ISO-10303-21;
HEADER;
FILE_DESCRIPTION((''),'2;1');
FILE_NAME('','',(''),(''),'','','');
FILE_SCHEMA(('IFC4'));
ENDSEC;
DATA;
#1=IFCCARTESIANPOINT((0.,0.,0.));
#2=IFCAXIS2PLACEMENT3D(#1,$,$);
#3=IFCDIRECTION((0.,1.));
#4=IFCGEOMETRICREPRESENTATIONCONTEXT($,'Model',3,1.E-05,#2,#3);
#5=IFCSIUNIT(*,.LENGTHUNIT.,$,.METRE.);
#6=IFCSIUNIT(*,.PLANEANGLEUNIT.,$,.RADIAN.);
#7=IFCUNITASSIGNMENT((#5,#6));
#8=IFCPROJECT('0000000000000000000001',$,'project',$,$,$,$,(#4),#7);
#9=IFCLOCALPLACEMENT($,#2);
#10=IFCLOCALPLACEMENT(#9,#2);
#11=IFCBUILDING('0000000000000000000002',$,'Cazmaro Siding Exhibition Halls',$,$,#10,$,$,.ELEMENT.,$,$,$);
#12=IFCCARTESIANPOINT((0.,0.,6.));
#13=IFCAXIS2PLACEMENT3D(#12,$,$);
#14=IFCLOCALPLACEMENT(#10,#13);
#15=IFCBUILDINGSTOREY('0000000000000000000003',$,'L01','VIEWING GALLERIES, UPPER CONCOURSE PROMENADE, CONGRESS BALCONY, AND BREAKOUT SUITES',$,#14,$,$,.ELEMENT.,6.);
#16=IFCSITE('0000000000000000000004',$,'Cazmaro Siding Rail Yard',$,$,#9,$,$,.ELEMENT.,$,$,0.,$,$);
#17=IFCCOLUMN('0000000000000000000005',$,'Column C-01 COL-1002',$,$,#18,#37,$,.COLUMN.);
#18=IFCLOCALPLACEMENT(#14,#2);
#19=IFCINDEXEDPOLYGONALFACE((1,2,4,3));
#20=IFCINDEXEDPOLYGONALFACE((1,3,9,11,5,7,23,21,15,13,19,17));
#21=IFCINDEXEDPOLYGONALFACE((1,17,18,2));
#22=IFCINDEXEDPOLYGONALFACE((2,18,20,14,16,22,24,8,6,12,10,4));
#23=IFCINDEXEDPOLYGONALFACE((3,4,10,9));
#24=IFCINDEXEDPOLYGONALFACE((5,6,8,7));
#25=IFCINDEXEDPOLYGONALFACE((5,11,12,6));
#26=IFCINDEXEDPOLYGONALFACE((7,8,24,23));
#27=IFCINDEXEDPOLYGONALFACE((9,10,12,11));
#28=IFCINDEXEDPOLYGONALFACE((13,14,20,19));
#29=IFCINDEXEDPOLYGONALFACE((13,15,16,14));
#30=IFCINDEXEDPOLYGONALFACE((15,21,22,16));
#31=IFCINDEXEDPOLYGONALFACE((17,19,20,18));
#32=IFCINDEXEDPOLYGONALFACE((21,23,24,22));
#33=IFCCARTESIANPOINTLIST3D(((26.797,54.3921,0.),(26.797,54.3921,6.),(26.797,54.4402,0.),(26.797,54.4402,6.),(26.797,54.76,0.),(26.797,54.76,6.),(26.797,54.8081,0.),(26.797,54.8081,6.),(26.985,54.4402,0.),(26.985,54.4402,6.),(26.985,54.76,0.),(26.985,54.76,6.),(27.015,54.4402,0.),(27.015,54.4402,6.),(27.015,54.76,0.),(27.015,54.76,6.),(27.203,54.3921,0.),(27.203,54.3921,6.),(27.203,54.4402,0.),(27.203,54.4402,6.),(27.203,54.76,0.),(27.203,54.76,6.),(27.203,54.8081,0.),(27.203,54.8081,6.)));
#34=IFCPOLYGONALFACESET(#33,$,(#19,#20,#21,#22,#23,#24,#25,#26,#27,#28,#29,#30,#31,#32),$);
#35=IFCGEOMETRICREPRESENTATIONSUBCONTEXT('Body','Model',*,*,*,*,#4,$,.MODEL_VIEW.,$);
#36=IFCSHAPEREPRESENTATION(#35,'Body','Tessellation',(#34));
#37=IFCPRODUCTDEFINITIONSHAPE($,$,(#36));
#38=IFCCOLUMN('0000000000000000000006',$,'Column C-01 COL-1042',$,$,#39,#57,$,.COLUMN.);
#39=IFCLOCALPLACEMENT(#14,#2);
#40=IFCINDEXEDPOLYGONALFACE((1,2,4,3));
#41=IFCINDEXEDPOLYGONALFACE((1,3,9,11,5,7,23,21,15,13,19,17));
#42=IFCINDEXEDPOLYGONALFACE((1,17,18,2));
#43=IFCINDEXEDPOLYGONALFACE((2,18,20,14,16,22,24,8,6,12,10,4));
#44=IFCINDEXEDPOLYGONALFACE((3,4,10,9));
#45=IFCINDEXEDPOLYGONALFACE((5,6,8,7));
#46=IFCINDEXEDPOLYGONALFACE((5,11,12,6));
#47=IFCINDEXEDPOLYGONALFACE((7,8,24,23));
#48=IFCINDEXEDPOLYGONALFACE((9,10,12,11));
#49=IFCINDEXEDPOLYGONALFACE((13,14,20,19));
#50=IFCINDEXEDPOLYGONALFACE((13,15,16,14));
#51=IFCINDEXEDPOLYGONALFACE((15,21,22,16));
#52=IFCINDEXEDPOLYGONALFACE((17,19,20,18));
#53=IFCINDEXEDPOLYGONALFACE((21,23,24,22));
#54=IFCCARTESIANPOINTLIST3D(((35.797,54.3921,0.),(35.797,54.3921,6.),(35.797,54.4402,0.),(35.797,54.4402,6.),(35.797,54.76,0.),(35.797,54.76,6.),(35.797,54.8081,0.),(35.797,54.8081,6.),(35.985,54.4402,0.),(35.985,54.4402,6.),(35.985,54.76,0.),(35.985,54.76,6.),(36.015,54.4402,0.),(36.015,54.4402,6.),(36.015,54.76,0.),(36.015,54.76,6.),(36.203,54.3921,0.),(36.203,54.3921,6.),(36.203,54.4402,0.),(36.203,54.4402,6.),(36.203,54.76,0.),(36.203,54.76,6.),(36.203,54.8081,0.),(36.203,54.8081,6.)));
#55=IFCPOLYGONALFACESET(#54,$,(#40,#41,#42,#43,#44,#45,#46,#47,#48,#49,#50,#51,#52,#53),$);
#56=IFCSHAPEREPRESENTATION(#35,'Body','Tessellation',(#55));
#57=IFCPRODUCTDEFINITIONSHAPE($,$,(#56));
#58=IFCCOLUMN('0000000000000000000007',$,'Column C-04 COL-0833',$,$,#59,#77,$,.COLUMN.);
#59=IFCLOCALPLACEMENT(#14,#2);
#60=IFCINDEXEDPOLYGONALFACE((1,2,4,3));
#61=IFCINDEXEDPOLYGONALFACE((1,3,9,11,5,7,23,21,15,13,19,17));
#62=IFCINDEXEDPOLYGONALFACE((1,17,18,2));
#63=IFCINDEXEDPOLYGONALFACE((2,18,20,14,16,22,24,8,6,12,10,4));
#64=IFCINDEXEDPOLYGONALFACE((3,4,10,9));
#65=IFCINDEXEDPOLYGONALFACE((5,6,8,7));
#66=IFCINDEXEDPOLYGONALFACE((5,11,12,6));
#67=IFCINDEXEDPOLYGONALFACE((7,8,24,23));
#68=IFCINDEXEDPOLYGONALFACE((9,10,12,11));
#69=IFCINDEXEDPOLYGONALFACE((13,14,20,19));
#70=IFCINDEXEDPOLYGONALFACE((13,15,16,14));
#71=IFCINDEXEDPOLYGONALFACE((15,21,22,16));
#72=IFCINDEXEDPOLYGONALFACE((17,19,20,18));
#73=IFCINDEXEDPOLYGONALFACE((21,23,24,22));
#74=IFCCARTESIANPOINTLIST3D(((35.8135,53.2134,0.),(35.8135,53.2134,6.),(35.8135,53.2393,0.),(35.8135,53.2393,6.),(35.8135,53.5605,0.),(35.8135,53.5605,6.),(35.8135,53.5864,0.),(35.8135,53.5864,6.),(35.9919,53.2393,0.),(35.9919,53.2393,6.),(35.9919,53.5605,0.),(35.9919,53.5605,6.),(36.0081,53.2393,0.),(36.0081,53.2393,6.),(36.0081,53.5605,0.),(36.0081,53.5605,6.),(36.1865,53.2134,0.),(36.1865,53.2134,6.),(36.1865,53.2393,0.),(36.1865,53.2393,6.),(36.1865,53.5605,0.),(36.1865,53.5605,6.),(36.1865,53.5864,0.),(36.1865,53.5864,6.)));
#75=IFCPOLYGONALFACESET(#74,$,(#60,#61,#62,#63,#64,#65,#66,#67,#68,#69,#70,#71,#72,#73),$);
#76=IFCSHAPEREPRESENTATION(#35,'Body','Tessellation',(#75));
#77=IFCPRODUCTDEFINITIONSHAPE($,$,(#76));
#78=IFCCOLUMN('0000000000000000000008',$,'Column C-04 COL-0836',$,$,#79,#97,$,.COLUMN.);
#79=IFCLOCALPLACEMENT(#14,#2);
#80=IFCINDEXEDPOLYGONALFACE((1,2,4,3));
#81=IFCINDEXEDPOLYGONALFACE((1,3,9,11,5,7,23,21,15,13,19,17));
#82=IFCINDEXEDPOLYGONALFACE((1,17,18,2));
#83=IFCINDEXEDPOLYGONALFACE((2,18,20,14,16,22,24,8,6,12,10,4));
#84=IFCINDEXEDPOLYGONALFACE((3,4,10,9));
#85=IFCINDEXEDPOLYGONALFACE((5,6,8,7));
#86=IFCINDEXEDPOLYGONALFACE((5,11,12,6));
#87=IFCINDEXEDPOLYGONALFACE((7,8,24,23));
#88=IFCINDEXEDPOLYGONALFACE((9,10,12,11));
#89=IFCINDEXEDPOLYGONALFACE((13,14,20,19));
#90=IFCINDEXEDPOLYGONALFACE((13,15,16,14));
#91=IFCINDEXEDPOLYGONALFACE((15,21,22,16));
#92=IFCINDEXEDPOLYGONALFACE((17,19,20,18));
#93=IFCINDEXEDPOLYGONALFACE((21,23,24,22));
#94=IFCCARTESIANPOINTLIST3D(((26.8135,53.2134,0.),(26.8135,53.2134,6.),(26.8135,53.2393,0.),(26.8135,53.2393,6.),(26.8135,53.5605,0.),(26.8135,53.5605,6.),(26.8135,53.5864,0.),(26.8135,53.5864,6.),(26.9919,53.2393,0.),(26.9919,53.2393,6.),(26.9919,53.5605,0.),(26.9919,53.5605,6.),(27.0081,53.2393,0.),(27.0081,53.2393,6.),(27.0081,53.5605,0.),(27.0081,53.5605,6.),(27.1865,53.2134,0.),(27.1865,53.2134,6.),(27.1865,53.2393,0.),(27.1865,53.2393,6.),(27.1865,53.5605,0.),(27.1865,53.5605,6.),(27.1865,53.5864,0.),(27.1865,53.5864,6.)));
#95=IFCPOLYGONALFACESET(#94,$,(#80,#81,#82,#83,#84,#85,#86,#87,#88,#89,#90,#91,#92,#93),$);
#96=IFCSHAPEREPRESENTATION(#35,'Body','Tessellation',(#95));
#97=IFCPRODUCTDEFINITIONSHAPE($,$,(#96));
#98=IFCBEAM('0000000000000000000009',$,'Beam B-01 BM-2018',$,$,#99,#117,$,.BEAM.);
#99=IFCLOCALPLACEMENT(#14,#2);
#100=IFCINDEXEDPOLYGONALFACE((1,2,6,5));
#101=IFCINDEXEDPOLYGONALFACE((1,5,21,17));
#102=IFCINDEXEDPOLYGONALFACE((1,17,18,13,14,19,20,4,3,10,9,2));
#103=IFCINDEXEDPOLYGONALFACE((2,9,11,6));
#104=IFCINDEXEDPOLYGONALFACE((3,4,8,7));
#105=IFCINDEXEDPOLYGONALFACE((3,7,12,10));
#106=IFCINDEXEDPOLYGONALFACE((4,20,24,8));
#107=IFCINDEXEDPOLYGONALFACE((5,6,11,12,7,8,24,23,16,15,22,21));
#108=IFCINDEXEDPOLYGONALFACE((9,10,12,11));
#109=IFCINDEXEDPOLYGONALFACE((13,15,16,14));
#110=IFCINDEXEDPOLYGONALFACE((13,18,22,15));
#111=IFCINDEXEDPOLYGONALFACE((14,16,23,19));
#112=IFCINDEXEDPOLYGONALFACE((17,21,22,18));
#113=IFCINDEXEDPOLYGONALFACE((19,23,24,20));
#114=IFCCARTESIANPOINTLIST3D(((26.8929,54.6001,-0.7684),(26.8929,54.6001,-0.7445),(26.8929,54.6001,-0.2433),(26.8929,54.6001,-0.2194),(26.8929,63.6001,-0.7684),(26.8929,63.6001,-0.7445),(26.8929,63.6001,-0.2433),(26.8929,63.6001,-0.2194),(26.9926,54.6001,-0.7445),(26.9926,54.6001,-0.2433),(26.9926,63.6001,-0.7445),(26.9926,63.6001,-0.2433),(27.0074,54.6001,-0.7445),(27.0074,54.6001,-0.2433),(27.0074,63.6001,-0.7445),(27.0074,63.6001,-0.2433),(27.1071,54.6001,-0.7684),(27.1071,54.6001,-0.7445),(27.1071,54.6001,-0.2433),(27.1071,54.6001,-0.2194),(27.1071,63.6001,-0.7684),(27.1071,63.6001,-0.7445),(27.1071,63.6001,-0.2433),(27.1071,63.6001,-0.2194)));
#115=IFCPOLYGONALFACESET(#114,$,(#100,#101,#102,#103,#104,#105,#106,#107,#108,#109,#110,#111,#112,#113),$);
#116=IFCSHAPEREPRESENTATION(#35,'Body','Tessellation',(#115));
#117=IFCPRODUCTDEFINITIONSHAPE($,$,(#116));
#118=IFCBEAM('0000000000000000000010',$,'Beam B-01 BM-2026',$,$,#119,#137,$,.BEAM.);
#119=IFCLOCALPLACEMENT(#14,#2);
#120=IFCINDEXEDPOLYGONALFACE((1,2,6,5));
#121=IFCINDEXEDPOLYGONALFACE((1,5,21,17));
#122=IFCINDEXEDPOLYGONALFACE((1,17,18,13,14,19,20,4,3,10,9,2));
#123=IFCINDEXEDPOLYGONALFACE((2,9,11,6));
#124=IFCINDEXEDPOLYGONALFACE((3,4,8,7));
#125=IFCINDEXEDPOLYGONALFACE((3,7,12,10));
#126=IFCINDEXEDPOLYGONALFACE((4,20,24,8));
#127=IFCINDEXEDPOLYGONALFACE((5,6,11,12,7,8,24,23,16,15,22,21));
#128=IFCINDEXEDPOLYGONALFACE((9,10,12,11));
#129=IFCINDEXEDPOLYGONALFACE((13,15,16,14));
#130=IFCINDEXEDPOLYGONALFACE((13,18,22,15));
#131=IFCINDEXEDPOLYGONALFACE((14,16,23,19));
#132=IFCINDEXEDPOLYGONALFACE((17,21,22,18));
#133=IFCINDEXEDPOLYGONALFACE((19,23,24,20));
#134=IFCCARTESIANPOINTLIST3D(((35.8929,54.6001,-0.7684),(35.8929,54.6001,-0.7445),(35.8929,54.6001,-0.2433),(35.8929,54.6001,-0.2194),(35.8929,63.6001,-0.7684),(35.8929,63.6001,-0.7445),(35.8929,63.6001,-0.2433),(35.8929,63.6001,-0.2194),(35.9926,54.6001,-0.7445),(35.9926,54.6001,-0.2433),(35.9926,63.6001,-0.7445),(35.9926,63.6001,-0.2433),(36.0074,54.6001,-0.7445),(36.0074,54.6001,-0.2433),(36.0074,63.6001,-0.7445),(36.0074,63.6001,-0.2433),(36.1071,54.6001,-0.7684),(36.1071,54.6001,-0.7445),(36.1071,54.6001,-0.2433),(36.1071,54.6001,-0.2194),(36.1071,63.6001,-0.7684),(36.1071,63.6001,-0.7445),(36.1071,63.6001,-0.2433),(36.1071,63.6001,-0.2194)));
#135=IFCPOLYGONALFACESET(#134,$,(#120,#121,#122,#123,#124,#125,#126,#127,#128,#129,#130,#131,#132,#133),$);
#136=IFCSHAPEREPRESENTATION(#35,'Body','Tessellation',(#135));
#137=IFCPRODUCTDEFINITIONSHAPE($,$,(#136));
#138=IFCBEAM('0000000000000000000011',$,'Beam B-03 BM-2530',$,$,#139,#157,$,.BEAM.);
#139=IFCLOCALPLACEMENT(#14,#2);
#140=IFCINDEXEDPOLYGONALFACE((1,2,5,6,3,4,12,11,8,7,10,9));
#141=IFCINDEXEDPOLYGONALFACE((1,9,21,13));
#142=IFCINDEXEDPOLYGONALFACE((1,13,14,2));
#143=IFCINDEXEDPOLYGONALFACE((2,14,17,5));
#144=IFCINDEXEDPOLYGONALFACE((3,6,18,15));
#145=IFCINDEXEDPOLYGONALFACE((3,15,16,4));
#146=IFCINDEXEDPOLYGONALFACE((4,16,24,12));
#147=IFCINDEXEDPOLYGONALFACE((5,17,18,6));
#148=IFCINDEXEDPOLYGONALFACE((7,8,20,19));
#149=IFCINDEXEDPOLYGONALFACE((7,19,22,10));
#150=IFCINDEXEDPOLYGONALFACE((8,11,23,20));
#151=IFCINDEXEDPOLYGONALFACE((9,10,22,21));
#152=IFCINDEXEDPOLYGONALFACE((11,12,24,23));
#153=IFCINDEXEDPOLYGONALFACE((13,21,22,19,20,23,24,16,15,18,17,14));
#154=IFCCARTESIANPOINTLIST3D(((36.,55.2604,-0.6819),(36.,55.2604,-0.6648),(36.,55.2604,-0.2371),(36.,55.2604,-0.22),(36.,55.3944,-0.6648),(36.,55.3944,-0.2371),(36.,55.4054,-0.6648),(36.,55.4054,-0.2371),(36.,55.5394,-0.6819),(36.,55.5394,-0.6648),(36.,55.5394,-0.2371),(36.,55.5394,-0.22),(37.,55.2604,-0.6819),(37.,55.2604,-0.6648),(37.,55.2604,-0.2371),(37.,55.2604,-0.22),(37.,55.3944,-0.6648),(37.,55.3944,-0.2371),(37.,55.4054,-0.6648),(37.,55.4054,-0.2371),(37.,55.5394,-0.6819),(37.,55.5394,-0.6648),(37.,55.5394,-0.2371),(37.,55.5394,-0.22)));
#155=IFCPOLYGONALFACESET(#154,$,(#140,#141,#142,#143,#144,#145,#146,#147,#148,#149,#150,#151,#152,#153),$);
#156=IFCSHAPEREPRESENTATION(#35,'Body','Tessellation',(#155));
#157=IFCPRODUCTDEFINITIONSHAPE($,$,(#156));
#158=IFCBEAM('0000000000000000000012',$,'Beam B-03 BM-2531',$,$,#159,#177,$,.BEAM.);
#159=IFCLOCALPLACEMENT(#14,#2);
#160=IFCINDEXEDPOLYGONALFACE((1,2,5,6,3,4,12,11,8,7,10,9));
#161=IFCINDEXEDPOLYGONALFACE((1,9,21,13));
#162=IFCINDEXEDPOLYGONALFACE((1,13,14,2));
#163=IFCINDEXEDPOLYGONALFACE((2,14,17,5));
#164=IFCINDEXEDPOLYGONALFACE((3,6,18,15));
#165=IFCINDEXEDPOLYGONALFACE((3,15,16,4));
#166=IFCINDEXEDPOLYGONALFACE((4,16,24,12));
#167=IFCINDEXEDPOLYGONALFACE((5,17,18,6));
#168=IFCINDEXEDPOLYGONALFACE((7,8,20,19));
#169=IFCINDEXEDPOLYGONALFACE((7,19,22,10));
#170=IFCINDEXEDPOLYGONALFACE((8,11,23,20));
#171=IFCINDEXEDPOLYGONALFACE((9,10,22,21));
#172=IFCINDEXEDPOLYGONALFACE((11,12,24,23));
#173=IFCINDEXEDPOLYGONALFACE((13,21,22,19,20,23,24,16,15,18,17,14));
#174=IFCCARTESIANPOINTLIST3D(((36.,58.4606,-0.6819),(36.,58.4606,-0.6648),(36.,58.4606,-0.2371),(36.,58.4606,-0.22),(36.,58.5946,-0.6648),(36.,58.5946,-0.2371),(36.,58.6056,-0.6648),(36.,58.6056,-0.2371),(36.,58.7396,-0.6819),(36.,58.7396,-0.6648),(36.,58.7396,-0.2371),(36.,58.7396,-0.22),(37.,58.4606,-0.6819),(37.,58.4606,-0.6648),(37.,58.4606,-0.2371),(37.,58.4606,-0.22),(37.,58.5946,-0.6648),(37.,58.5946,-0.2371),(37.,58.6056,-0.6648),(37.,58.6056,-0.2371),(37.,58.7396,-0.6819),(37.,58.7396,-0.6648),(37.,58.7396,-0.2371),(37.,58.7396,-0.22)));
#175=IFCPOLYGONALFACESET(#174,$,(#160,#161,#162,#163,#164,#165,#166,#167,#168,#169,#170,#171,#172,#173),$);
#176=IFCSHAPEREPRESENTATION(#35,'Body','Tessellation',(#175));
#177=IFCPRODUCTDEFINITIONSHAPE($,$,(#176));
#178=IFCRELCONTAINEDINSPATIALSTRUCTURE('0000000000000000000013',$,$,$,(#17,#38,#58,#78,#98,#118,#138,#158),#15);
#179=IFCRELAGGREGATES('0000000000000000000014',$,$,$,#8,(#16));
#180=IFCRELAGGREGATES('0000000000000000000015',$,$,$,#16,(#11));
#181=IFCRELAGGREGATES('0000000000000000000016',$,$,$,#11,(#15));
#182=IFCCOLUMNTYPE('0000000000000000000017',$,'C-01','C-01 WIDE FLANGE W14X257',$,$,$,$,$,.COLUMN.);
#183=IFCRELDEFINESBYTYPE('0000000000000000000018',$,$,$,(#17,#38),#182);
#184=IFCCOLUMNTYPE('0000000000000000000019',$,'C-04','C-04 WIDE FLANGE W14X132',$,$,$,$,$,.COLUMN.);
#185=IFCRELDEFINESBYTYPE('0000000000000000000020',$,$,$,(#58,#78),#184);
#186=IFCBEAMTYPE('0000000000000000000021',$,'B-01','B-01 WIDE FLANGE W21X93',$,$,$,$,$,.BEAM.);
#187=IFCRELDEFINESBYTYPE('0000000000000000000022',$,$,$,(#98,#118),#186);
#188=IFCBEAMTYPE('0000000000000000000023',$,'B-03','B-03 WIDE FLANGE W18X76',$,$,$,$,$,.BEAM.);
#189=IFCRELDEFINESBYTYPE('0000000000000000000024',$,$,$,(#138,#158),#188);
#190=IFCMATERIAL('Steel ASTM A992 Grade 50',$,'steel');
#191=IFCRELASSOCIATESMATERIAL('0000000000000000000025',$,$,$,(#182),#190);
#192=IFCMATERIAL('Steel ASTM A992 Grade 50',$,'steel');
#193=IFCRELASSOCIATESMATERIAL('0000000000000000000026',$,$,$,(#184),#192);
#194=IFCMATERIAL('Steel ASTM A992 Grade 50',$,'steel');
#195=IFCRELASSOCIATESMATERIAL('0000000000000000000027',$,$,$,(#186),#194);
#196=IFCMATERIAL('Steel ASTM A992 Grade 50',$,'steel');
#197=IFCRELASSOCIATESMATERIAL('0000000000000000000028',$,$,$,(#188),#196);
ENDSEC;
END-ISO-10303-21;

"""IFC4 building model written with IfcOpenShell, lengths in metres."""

from ifc_helpers import new_model, si_unit, direction, frame, origin, origin_2d, place, context, subcontext, project, spatial, i_section, extrude, material, material_profile, profile_set, type_object, element, save


model = new_model("IFC4")

# Units and contexts
model_context = context("Model", 3, precision=1e-05, world=origin(), true_north=direction((0.0, 1.0)))
body_context = subcontext(model_context, "Body", "Model", "MODEL_VIEW")
ifc_project = project(units=[si_unit("LENGTHUNIT", "METRE"), si_unit("PLANEANGLEUNIT", "RADIAN")], contexts=[model_context])

# Site, building, storey
site_placement = place(None, origin())
site = spatial("IfcSite", under=ifc_project, at=site_placement, Name="Cazmaro Siding Rail Yard", CompositionType="ELEMENT", RefElevation=0.0)
building_placement = place(site_placement, origin())
building = spatial("IfcBuilding", under=site, at=building_placement, Name="Cazmaro Siding Exhibition Halls", CompositionType="ELEMENT")
storey_placement = place(building_placement, frame((0.0, 0.0, 6.0)))
storey = spatial("IfcBuildingStorey", under=building, at=storey_placement, Name="L01", Description="VIEWING GALLERIES, UPPER CONCOURSE PROMENADE, CONGRESS BALCONY, AND BREAKOUT SUITES", CompositionType="ELEMENT", Elevation=6.0)

# Columns
ifc_material_1 = material(Name="Steel ASTM A992 Grade 50", Category="steel")
ifc_material_profile_1 = material_profile(ifc_material_1, i_section(OverallWidth=0.406, OverallDepth=0.416, WebThickness=0.03, FlangeThickness=0.0481, at=origin_2d()), Name="W14X257")
ifc_profile_set_1 = profile_set([ifc_material_profile_1], Name="Steel ASTM A992 Grade 50")
column_type_1 = type_object("IfcColumnType", Name="C-01", Description="C-01 WIDE FLANGE W14X257", PredefinedType="COLUMN", material=ifc_profile_set_1)
for number, where, z_axis, x_axis, name in (
    (1, (27.0, 54.6001, 0.0), (0.0, 0.0, 1.0), (1.0, 0.0, 0.0), "Column C-01 COL-1002"),
    (2, (36.0, 54.6001, 0.0), (0.0, 0.0, 1.0), (1.0, 0.0, 0.0), "Column C-01 COL-1042"),
):
    element("IfcColumn", number, at=place(storey_placement, frame(where, z_axis=z_axis, x_axis=x_axis)), inside=storey, type_object=column_type_1, Name=name, PredefinedType="COLUMN", context=body_context, shape_type="SweptSolid", body=[
        extrude(i_section(OverallWidth=0.406, OverallDepth=0.416, WebThickness=0.03, FlangeThickness=0.0481, at=origin_2d()), origin(), (0.0, 0.0, 1.0), 6.0),
    ])
ifc_material_2 = material(Name="Steel ASTM A992 Grade 50", Category="steel")
ifc_material_profile_2 = material_profile(ifc_material_2, i_section(OverallWidth=0.373, OverallDepth=0.373, WebThickness=0.0161, FlangeThickness=0.0259, at=origin_2d()), Name="W14X132")
ifc_profile_set_2 = profile_set([ifc_material_profile_2], Name="Steel ASTM A992 Grade 50")
column_type_2 = type_object("IfcColumnType", Name="C-04", Description="C-04 WIDE FLANGE W14X132", PredefinedType="COLUMN", material=ifc_profile_set_2)
for number, where, z_axis, x_axis, name in (
    (3, (36.0, 53.3999, 0.0), (0.0, 0.0, 1.0), (1.0, 0.0, 0.0), "Column C-04 COL-0833"),
    (4, (27.0, 53.3999, 0.0), (0.0, 0.0, 1.0), (1.0, 0.0, 0.0), "Column C-04 COL-0836"),
):
    element("IfcColumn", number, at=place(storey_placement, frame(where, z_axis=z_axis, x_axis=x_axis)), inside=storey, type_object=column_type_2, Name=name, PredefinedType="COLUMN", context=body_context, shape_type="SweptSolid", body=[
        extrude(i_section(OverallWidth=0.373, OverallDepth=0.373, WebThickness=0.0161, FlangeThickness=0.0259, at=origin_2d()), origin(), (0.0, 0.0, 1.0), 6.0),
    ])

# Beams
ifc_material_3 = material(Name="Steel ASTM A992 Grade 50", Category="steel")
ifc_material_profile_3 = material_profile(ifc_material_3, i_section(OverallWidth=0.2141, OverallDepth=0.5491, WebThickness=0.0149, FlangeThickness=0.0239, at=origin_2d()), Name="W21X93")
ifc_profile_set_3 = profile_set([ifc_material_profile_3], Name="Steel ASTM A992 Grade 50")
beam_type_1 = type_object("IfcBeamType", Name="B-01", Description="B-01 WIDE FLANGE W21X93", PredefinedType="BEAM", material=ifc_profile_set_3)
for number, where, z_axis, x_axis, name in (
    (5, (27.0, 54.6001, -0.4939), (0.0, 1.0, 0.0), (-1.0, 0.0, 0.0), "Beam B-01 BM-2018"),
    (6, (36.0, 54.6001, -0.4939), (0.0, 1.0, 0.0), (-1.0, 0.0, 0.0), "Beam B-01 BM-2026"),
):
    element("IfcBeam", number, at=place(storey_placement, frame(where, z_axis=z_axis, x_axis=x_axis)), inside=storey, type_object=beam_type_1, Name=name, PredefinedType="BEAM", context=body_context, shape_type="SweptSolid", body=[
        extrude(i_section(OverallWidth=0.2141, OverallDepth=0.5491, WebThickness=0.0149, FlangeThickness=0.0239, at=origin_2d()), origin(), (0.0, 0.0, 1.0), 9.0),
    ])
ifc_material_4 = material(Name="Steel ASTM A992 Grade 50", Category="steel")
ifc_material_profile_4 = material_profile(ifc_material_4, i_section(OverallWidth=0.2791, OverallDepth=0.4619, WebThickness=0.011, FlangeThickness=0.0171, at=origin_2d()), Name="W18X76")
ifc_profile_set_4 = profile_set([ifc_material_profile_4], Name="Steel ASTM A992 Grade 50")
beam_type_2 = type_object("IfcBeamType", Name="B-03", Description="B-03 WIDE FLANGE W18X76", PredefinedType="BEAM", material=ifc_profile_set_4)
for number, where, z_axis, x_axis, name in (
    (7, (36.0, 55.3999, -0.4509), (1.0, 0.0, 0.0), (0.0, 1.0, 0.0), "Beam B-03 BM-2530"),
    (8, (36.0, 58.6001, -0.4509), (1.0, 0.0, 0.0), (0.0, 1.0, 0.0), "Beam B-03 BM-2531"),
):
    element("IfcBeam", number, at=place(storey_placement, frame(where, z_axis=z_axis, x_axis=x_axis)), inside=storey, type_object=beam_type_2, Name=name, PredefinedType="BEAM", context=body_context, shape_type="SweptSolid", body=[
        extrude(i_section(OverallWidth=0.2791, OverallDepth=0.4619, WebThickness=0.011, FlangeThickness=0.0171, at=origin_2d()), origin(), (0.0, 0.0, 1.0), 1.0),
    ])

save(model, "model.ifc")
